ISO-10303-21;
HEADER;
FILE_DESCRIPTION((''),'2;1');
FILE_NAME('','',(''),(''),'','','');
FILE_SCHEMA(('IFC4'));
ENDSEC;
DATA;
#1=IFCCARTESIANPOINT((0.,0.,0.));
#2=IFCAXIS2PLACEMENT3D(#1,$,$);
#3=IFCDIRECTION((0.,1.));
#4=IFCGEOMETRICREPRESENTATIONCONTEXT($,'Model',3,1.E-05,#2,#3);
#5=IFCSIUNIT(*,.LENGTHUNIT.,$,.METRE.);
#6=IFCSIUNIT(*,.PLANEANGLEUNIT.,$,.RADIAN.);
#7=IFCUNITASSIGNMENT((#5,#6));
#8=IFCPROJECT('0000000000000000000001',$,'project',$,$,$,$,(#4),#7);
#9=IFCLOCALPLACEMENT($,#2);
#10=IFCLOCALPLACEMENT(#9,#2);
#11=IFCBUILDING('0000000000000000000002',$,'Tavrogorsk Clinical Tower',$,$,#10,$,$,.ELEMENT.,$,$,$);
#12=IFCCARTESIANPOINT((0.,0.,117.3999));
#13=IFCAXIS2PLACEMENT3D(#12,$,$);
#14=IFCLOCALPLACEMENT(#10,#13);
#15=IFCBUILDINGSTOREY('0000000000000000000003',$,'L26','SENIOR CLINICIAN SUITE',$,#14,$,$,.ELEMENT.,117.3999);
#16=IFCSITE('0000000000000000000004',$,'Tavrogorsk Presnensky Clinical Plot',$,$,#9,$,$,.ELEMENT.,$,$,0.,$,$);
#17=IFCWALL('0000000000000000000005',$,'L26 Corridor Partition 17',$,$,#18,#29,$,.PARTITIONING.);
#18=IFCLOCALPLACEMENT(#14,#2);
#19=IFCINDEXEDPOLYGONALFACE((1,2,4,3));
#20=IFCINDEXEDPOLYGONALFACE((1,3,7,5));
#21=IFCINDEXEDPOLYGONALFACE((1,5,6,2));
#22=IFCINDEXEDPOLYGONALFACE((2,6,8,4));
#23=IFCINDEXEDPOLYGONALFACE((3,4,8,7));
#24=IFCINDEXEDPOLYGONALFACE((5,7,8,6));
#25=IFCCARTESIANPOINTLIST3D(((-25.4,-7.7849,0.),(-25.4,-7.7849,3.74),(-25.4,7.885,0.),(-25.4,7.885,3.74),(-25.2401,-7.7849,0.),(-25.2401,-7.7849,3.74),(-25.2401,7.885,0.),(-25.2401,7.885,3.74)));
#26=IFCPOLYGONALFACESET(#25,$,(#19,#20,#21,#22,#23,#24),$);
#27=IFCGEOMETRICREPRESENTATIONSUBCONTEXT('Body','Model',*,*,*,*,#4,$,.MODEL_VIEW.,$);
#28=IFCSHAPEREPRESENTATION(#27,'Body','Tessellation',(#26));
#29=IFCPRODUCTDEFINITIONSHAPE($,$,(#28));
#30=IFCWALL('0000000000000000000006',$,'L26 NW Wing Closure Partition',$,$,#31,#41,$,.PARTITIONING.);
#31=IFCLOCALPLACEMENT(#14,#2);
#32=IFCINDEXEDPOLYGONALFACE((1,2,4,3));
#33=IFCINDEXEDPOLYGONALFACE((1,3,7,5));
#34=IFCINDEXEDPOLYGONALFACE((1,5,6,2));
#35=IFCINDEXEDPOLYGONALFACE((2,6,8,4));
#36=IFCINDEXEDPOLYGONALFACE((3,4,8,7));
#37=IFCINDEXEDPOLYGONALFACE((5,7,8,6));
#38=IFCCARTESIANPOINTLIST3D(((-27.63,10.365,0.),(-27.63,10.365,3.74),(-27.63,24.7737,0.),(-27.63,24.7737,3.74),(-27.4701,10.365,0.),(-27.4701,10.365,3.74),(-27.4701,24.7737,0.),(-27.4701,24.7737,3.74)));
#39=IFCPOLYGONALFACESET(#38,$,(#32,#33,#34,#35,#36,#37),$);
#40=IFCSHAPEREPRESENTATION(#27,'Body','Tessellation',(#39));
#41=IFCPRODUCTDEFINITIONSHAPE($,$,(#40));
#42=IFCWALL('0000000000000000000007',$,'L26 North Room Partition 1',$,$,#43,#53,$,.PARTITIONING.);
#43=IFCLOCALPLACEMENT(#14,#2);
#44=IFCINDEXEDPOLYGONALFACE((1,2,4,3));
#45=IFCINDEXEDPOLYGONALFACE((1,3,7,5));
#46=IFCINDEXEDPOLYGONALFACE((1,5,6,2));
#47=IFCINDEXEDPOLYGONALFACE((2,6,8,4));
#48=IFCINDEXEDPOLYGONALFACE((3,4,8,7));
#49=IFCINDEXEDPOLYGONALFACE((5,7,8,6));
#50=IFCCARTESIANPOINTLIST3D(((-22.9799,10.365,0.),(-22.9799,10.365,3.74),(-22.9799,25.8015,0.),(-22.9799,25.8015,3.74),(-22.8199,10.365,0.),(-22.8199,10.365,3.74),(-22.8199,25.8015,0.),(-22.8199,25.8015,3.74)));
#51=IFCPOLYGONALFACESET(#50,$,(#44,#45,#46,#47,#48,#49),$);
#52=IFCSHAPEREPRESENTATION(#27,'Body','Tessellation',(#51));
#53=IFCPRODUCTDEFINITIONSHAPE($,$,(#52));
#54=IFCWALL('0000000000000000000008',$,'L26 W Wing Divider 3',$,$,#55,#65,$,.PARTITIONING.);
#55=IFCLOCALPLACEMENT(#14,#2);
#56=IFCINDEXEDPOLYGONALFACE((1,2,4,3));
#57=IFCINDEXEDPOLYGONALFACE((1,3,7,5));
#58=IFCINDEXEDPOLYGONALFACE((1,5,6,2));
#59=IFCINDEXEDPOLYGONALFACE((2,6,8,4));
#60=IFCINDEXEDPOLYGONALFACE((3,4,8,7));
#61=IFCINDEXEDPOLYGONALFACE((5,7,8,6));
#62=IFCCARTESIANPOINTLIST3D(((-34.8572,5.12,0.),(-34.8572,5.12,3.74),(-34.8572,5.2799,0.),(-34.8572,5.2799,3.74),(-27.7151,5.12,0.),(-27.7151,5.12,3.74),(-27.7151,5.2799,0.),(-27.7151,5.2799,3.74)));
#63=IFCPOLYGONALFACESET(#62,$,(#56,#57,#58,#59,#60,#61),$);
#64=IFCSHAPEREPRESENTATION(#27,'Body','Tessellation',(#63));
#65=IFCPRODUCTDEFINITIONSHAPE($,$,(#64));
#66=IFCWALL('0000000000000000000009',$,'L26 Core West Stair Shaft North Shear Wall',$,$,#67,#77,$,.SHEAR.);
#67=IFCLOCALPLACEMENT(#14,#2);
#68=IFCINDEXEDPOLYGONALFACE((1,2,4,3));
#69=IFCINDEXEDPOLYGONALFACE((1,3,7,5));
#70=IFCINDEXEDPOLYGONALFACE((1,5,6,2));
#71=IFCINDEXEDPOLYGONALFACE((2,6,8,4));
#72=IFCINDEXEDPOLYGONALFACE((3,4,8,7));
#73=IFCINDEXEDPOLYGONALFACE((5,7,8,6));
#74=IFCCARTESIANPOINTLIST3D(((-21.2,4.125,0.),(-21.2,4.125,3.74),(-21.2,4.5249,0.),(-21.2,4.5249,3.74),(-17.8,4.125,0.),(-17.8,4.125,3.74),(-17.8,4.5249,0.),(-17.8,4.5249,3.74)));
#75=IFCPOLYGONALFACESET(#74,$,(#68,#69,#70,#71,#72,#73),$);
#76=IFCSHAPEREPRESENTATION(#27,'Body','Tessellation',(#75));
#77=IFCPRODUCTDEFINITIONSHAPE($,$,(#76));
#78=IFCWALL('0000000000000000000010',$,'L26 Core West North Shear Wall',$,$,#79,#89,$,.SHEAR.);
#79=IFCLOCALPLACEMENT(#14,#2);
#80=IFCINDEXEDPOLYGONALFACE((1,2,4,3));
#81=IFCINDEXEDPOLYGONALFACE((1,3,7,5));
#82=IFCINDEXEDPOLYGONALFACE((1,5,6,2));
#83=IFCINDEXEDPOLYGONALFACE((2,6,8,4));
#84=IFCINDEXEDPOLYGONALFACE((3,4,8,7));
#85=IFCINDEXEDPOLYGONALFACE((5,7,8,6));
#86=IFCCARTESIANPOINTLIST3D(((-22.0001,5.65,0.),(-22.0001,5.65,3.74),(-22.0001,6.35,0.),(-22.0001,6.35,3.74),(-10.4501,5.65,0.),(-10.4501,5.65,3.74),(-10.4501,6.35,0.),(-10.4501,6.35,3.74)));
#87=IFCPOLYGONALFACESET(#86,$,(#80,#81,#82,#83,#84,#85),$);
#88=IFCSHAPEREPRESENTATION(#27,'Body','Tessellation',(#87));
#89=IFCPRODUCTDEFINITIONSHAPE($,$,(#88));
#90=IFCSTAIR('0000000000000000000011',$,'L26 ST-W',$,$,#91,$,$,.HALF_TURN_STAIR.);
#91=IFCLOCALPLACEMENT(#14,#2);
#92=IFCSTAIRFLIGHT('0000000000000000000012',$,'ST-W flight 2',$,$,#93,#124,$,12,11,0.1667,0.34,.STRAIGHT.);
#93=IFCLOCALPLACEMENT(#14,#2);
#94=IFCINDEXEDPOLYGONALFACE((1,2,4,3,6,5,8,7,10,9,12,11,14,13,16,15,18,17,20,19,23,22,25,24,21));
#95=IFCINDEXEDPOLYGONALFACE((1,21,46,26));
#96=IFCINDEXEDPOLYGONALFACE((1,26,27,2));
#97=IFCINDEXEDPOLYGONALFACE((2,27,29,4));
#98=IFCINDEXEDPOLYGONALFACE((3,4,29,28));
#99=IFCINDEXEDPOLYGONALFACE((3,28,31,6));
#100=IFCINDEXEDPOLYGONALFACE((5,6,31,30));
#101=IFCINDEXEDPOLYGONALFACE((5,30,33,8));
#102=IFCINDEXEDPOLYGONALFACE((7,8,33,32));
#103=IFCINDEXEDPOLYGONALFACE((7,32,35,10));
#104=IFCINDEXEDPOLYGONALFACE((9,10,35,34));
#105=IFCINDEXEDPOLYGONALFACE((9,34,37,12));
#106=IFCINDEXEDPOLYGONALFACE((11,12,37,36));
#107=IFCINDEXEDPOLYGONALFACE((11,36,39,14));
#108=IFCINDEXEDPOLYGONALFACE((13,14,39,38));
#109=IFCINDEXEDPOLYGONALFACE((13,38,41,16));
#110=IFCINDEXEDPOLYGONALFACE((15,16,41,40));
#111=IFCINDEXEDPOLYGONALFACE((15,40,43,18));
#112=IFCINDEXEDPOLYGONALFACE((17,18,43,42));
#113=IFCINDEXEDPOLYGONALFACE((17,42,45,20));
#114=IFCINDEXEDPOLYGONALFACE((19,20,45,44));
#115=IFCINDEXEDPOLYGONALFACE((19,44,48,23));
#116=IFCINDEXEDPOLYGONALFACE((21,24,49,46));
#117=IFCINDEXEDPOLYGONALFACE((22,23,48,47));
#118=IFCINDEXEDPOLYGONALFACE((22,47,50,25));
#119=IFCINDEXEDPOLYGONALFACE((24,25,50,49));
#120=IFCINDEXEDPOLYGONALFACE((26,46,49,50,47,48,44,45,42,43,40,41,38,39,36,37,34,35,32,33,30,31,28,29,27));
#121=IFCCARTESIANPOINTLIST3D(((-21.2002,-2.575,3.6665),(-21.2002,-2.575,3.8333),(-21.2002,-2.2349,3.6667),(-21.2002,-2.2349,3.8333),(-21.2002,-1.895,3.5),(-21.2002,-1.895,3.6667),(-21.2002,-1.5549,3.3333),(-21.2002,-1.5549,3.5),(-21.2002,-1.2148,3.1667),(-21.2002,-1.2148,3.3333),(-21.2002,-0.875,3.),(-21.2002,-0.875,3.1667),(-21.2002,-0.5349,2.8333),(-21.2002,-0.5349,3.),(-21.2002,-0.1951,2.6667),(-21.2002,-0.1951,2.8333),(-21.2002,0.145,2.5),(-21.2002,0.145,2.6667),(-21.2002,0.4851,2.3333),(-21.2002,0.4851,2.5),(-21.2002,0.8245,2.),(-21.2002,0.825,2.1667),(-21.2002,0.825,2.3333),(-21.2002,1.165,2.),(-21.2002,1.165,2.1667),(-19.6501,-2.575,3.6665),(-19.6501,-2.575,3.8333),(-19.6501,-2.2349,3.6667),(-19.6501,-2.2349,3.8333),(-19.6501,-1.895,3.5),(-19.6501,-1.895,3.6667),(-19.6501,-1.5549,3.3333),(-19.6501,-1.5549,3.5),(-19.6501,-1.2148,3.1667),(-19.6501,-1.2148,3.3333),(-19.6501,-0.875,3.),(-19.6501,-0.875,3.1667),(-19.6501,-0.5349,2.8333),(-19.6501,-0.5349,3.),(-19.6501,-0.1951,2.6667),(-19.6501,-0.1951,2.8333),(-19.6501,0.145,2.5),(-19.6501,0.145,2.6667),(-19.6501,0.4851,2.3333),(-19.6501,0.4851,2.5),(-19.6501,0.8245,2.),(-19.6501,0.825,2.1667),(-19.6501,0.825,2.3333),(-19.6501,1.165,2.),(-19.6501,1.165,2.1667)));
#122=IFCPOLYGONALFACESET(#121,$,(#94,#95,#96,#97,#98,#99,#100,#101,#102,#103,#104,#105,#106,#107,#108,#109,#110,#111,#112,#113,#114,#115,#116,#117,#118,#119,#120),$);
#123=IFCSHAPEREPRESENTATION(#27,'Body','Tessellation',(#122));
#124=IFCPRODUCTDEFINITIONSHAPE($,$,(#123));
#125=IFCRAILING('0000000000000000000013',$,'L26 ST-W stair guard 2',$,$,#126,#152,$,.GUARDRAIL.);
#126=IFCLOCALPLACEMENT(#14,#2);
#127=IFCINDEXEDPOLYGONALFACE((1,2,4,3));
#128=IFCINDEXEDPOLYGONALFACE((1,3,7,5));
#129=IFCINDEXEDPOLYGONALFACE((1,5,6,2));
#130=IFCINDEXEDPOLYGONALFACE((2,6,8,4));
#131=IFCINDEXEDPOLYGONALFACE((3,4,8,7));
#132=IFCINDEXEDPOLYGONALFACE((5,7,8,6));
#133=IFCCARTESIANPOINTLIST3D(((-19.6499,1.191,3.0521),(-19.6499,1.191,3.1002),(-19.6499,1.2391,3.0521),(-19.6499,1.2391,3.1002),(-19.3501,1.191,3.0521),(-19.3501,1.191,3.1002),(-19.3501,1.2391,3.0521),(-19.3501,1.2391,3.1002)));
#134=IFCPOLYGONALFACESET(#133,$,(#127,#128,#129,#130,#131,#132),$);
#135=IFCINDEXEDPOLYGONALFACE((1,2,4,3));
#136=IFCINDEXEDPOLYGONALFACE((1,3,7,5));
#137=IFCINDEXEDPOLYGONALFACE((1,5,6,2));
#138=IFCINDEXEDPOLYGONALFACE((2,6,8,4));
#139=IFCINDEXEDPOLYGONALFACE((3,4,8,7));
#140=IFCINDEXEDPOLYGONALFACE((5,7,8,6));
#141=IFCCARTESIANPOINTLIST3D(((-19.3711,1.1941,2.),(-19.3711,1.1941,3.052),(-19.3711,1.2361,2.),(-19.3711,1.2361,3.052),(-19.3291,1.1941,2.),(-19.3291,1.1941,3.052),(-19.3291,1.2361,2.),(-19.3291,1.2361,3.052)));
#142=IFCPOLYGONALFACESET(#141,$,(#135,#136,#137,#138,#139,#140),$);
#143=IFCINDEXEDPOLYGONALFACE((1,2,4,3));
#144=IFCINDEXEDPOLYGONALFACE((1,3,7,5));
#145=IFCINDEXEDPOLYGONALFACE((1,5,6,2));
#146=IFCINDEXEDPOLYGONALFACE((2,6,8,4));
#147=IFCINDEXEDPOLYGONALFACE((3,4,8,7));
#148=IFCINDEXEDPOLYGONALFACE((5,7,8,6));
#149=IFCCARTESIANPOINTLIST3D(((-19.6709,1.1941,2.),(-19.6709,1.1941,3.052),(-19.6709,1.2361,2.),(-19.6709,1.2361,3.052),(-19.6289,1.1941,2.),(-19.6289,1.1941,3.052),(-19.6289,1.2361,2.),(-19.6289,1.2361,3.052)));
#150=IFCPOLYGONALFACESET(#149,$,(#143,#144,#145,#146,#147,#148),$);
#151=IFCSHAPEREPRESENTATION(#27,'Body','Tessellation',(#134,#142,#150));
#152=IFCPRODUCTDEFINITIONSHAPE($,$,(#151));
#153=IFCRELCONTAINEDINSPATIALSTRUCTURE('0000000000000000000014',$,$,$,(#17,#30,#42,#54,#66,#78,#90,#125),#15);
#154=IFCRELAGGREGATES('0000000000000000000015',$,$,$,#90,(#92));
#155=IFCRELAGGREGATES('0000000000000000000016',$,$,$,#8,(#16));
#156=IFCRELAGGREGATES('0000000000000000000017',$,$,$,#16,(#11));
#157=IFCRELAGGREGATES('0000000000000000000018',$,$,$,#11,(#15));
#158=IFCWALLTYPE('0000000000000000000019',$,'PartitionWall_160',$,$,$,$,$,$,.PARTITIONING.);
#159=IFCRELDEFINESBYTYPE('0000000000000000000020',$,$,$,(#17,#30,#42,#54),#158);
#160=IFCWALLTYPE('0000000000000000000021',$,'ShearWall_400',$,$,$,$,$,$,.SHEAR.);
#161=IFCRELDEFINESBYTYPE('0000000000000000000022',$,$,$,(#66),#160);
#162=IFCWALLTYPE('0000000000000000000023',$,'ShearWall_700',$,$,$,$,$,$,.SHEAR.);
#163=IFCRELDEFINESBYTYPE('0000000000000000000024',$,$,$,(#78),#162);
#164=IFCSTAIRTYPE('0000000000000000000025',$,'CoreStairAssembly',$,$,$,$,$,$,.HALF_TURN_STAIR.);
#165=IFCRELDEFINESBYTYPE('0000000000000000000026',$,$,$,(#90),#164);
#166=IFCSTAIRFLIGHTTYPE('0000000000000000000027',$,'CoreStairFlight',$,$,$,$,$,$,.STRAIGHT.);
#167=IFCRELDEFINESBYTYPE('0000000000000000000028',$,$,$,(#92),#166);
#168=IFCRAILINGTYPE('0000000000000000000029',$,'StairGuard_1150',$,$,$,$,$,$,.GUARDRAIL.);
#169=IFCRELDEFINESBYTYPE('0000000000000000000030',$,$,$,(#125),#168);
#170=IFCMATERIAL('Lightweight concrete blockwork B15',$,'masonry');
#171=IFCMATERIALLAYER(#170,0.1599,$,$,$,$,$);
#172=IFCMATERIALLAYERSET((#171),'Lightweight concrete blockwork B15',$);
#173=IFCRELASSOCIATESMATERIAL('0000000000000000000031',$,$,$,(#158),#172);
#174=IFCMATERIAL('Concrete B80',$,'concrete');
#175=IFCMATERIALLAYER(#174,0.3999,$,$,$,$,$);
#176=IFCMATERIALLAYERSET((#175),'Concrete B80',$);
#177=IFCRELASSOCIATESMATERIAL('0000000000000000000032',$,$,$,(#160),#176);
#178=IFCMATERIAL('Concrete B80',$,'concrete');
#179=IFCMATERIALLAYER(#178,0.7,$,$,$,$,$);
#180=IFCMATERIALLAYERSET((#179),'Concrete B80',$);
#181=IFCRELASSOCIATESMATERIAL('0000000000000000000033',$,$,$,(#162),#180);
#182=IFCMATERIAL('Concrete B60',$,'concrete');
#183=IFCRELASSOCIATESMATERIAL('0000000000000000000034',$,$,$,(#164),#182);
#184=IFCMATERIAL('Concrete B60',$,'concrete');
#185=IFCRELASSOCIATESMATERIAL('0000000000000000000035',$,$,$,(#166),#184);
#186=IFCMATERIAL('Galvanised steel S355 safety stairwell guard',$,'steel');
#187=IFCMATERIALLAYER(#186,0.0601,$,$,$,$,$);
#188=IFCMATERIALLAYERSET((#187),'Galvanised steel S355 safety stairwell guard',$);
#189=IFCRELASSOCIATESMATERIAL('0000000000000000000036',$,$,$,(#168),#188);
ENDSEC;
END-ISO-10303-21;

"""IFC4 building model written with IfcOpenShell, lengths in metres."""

from ifc_helpers import new_model, si_unit, direction, frame, frame_2d, origin, origin_2d, place, context, subcontext, project, spatial, polyline, rectangle, outline, extrude, material, layer, layer_set, type_object, element, aggregate, save


model = new_model("IFC4")

# Units and contexts
model_context = context("Model", 3, precision=1e-05, world=origin(), true_north=direction((0.0, 1.0)))
body_context = subcontext(model_context, "Body", "Model", "MODEL_VIEW")
ifc_project = project(units=[si_unit("LENGTHUNIT", "METRE"), si_unit("PLANEANGLEUNIT", "RADIAN")], contexts=[model_context])

# Site, building, storey
site_placement = place(None, origin())
site = spatial("IfcSite", under=ifc_project, at=site_placement, Name="Tavrogorsk Presnensky Clinical Plot", CompositionType="ELEMENT", RefElevation=0.0)
building_placement = place(site_placement, origin())
building = spatial("IfcBuilding", under=site, at=building_placement, Name="Tavrogorsk Clinical Tower", CompositionType="ELEMENT")
storey_placement = place(building_placement, frame((0.0, 0.0, 117.3999)))
storey = spatial("IfcBuildingStorey", under=building, at=storey_placement, Name="L26", Description="SENIOR CLINICIAN SUITE", CompositionType="ELEMENT", Elevation=117.3999)

# Shared definitions
ifc_material_1 = material(Name="Lightweight concrete blockwork B15", Category="masonry")
ifc_layer_1 = layer(ifc_material_1, 0.1599)
ifc_layer_set_1 = layer_set([ifc_layer_1], Name="Lightweight concrete blockwork B15")
wall_type_1 = type_object("IfcWallType", Name="PartitionWall_160", PredefinedType="PARTITIONING", material=ifc_layer_set_1)

# Walls
wall_1_placement = place(storey_placement, frame((-25.3201, 7.885, 0.0), z_axis=(0.0, 0.0, 1.0), x_axis=(0.0, -1.0, 0.0)))
element("IfcWall", 1, at=wall_1_placement, inside=storey, type_object=wall_type_1, Name="L26 Corridor Partition 17", PredefinedType="PARTITIONING", context=body_context, shape_type="SweptSolid", body=[
    extrude(rectangle(XDim=15.6699, YDim=0.1599, at=frame_2d((7.835, 0.0))), origin(), (0.0, 0.0, 1.0), 3.74),
])
wall_2_placement = place(storey_placement, frame((-27.55, 10.365, 0.0), z_axis=(0.0, 0.0, 1.0), x_axis=(0.0, 1.0, 0.0)))
element("IfcWall", 2, at=wall_2_placement, inside=storey, type_object=wall_type_1, Name="L26 NW Wing Closure Partition", PredefinedType="PARTITIONING", context=body_context, shape_type="SweptSolid", body=[
    extrude(rectangle(XDim=14.4087, YDim=0.1599, at=frame_2d((7.2043, 0.0))), origin(), (0.0, 0.0, 1.0), 3.74),
])
wall_3_placement = place(storey_placement, frame((-22.8999, 10.365, 0.0), z_axis=(0.0, 0.0, 1.0), x_axis=(0.0, 1.0, 0.0)))
element("IfcWall", 3, at=wall_3_placement, inside=storey, type_object=wall_type_1, Name="L26 North Room Partition 1", PredefinedType="PARTITIONING", context=body_context, shape_type="SweptSolid", body=[
    extrude(rectangle(XDim=15.4365, YDim=0.1599, at=frame_2d((7.7183, 0.0))), origin(), (0.0, 0.0, 1.0), 3.74),
])
wall_4_placement = place(storey_placement, frame((-34.8572, 5.2, 0.0), z_axis=(0.0, 0.0, 1.0), x_axis=(1.0, 0.0, 0.0)))
element("IfcWall", 4, at=wall_4_placement, inside=storey, type_object=wall_type_1, Name="L26 W Wing Divider 3", PredefinedType="PARTITIONING", context=body_context, shape_type="SweptSolid", body=[
    extrude(rectangle(XDim=7.1421, YDim=0.1599, at=frame_2d((3.571, 0.0))), origin(), (0.0, 0.0, 1.0), 3.74),
])
ifc_material_2 = material(Name="Concrete B80", Category="concrete")
ifc_layer_2 = layer(ifc_material_2, 0.3999)
ifc_layer_set_2 = layer_set([ifc_layer_2], Name="Concrete B80")
wall_type_2 = type_object("IfcWallType", Name="ShearWall_400", PredefinedType="SHEAR", material=ifc_layer_set_2)
wall_5_placement = place(storey_placement, frame((-21.2, 4.325, 0.0), z_axis=(0.0, 0.0, 1.0), x_axis=(1.0, 0.0, 0.0)))
element("IfcWall", 5, at=wall_5_placement, inside=storey, type_object=wall_type_2, Name="L26 Core West Stair Shaft North Shear Wall", PredefinedType="SHEAR", context=body_context, shape_type="SweptSolid", body=[
    extrude(rectangle(XDim=3.3999, YDim=0.3999, at=frame_2d((1.7, 0.0))), origin(), (0.0, 0.0, 1.0), 3.74),
])
ifc_material_3 = material(Name="Concrete B80", Category="concrete")
ifc_layer_3 = layer(ifc_material_3, 0.7)
ifc_layer_set_3 = layer_set([ifc_layer_3], Name="Concrete B80")
wall_type_3 = type_object("IfcWallType", Name="ShearWall_700", PredefinedType="SHEAR", material=ifc_layer_set_3)
wall_6_placement = place(storey_placement, frame((-22.0, 6.0, 0.0), z_axis=(0.0, 0.0, 1.0), x_axis=(1.0, 0.0, 0.0)))
element("IfcWall", 6, at=wall_6_placement, inside=storey, type_object=wall_type_3, Name="L26 Core West North Shear Wall", PredefinedType="SHEAR", context=body_context, shape_type="SweptSolid", body=[
    extrude(rectangle(XDim=11.55, YDim=0.7, at=frame_2d((5.7749, 0.0))), origin(), (0.0, 0.0, 1.0), 3.74),
])

# Stair, stair flight
ifc_material_4 = material(Name="Concrete B60", Category="concrete")
stair_type = type_object("IfcStairType", Name="CoreStairAssembly", PredefinedType="HALF_TURN_STAIR", material=ifc_material_4)
stair_placement = place(storey_placement, origin())
stair = element("IfcStair", 7, at=stair_placement, inside=storey, type_object=stair_type, Name="L26 ST-W", PredefinedType="HALF_TURN_STAIR")
ifc_material_5 = material(Name="Concrete B60", Category="concrete")
stair_flight_type = type_object("IfcStairFlightType", Name="CoreStairFlight", PredefinedType="STRAIGHT", material=ifc_material_5)
stair_flight_placement = place(storey_placement, frame((-20.425, 1.165, 2.0), z_axis=(0.0, 0.0, 1.0), x_axis=(0.0, -1.0, 0.0)))
stair_flight = element("IfcStairFlight", 8, at=stair_flight_placement, type_object=stair_flight_type, Name="ST-W flight 2", NumberOfRisers=12, NumberOfTreads=11, PredefinedType="STRAIGHT", RiserHeight=0.1667, TreadLength=0.34, context=body_context, shape_type="SweptSolid", body=[
    extrude(outline(polyline([(0.0, 0.0), (0.0, 0.1667), (0.3401, 0.1667), (0.3401, 0.3333), (0.6799, 0.3333), (0.6799, 0.5), (1.02, 0.5), (1.02, 0.6667), (1.3601, 0.6667), (1.3601, 0.8333), (1.7, 0.8333), (1.7, 1.0), (2.04, 1.0), (2.04, 1.1667), (2.3799, 1.1667), (2.3799, 1.3333), (2.72, 1.3333), (2.72, 1.5), (3.0601, 1.5), (3.0601, 1.6667), (3.3999, 1.6667), (3.3999, 1.8333), (3.74, 1.8333), (3.74, 2.0), (3.74, 1.6665), (0.3406, 0.0), (0.0, 0.0)])), frame((0.0, 0.7749, 0.0), z_axis=(0.0, -1.0, 0.0), x_axis=(1.0, 0.0, 0.0)), (0.0, 0.0, 1.0), 1.55),
])
aggregate(stair, [stair_flight])

# Railing
ifc_material_6 = material(Name="Galvanised steel S355 safety stairwell guard", Category="steel")
ifc_layer_4 = layer(ifc_material_6, 0.0601)
ifc_layer_set_4 = layer_set([ifc_layer_4], Name="Galvanised steel S355 safety stairwell guard")
railing_type_1 = type_object("IfcRailingType", Name="StairGuard_1150", PredefinedType="GUARDRAIL", material=ifc_layer_set_4)
railing_1_placement = place(storey_placement, frame((-19.3501, 1.2151, 2.0)))
element("IfcRailing", 9, at=railing_1_placement, inside=storey, type_object=railing_type_1, Name="L26 ST-W stair guard 2", PredefinedType="GUARDRAIL", context=body_context, shape_type="SweptSolid", body=[
    extrude(rectangle(XDim=0.0481, YDim=0.0481, at=origin_2d()), frame((0.0, 0.0, 1.0762), z_axis=(-1.0, 0.0, 0.0), x_axis=(0.0, -1.0, 0.0)), (0.0, 0.0, 1.0), 0.2998),
    extrude(rectangle(XDim=0.042, YDim=0.042, at=origin_2d()), origin(), (0.0, 0.0, 1.0), 1.052),
    extrude(rectangle(XDim=0.042, YDim=0.042, at=origin_2d()), frame((-0.2998, 0.0, 0.0)), (0.0, 0.0, 1.0), 1.052),
])

save(model, "model.ifc")
